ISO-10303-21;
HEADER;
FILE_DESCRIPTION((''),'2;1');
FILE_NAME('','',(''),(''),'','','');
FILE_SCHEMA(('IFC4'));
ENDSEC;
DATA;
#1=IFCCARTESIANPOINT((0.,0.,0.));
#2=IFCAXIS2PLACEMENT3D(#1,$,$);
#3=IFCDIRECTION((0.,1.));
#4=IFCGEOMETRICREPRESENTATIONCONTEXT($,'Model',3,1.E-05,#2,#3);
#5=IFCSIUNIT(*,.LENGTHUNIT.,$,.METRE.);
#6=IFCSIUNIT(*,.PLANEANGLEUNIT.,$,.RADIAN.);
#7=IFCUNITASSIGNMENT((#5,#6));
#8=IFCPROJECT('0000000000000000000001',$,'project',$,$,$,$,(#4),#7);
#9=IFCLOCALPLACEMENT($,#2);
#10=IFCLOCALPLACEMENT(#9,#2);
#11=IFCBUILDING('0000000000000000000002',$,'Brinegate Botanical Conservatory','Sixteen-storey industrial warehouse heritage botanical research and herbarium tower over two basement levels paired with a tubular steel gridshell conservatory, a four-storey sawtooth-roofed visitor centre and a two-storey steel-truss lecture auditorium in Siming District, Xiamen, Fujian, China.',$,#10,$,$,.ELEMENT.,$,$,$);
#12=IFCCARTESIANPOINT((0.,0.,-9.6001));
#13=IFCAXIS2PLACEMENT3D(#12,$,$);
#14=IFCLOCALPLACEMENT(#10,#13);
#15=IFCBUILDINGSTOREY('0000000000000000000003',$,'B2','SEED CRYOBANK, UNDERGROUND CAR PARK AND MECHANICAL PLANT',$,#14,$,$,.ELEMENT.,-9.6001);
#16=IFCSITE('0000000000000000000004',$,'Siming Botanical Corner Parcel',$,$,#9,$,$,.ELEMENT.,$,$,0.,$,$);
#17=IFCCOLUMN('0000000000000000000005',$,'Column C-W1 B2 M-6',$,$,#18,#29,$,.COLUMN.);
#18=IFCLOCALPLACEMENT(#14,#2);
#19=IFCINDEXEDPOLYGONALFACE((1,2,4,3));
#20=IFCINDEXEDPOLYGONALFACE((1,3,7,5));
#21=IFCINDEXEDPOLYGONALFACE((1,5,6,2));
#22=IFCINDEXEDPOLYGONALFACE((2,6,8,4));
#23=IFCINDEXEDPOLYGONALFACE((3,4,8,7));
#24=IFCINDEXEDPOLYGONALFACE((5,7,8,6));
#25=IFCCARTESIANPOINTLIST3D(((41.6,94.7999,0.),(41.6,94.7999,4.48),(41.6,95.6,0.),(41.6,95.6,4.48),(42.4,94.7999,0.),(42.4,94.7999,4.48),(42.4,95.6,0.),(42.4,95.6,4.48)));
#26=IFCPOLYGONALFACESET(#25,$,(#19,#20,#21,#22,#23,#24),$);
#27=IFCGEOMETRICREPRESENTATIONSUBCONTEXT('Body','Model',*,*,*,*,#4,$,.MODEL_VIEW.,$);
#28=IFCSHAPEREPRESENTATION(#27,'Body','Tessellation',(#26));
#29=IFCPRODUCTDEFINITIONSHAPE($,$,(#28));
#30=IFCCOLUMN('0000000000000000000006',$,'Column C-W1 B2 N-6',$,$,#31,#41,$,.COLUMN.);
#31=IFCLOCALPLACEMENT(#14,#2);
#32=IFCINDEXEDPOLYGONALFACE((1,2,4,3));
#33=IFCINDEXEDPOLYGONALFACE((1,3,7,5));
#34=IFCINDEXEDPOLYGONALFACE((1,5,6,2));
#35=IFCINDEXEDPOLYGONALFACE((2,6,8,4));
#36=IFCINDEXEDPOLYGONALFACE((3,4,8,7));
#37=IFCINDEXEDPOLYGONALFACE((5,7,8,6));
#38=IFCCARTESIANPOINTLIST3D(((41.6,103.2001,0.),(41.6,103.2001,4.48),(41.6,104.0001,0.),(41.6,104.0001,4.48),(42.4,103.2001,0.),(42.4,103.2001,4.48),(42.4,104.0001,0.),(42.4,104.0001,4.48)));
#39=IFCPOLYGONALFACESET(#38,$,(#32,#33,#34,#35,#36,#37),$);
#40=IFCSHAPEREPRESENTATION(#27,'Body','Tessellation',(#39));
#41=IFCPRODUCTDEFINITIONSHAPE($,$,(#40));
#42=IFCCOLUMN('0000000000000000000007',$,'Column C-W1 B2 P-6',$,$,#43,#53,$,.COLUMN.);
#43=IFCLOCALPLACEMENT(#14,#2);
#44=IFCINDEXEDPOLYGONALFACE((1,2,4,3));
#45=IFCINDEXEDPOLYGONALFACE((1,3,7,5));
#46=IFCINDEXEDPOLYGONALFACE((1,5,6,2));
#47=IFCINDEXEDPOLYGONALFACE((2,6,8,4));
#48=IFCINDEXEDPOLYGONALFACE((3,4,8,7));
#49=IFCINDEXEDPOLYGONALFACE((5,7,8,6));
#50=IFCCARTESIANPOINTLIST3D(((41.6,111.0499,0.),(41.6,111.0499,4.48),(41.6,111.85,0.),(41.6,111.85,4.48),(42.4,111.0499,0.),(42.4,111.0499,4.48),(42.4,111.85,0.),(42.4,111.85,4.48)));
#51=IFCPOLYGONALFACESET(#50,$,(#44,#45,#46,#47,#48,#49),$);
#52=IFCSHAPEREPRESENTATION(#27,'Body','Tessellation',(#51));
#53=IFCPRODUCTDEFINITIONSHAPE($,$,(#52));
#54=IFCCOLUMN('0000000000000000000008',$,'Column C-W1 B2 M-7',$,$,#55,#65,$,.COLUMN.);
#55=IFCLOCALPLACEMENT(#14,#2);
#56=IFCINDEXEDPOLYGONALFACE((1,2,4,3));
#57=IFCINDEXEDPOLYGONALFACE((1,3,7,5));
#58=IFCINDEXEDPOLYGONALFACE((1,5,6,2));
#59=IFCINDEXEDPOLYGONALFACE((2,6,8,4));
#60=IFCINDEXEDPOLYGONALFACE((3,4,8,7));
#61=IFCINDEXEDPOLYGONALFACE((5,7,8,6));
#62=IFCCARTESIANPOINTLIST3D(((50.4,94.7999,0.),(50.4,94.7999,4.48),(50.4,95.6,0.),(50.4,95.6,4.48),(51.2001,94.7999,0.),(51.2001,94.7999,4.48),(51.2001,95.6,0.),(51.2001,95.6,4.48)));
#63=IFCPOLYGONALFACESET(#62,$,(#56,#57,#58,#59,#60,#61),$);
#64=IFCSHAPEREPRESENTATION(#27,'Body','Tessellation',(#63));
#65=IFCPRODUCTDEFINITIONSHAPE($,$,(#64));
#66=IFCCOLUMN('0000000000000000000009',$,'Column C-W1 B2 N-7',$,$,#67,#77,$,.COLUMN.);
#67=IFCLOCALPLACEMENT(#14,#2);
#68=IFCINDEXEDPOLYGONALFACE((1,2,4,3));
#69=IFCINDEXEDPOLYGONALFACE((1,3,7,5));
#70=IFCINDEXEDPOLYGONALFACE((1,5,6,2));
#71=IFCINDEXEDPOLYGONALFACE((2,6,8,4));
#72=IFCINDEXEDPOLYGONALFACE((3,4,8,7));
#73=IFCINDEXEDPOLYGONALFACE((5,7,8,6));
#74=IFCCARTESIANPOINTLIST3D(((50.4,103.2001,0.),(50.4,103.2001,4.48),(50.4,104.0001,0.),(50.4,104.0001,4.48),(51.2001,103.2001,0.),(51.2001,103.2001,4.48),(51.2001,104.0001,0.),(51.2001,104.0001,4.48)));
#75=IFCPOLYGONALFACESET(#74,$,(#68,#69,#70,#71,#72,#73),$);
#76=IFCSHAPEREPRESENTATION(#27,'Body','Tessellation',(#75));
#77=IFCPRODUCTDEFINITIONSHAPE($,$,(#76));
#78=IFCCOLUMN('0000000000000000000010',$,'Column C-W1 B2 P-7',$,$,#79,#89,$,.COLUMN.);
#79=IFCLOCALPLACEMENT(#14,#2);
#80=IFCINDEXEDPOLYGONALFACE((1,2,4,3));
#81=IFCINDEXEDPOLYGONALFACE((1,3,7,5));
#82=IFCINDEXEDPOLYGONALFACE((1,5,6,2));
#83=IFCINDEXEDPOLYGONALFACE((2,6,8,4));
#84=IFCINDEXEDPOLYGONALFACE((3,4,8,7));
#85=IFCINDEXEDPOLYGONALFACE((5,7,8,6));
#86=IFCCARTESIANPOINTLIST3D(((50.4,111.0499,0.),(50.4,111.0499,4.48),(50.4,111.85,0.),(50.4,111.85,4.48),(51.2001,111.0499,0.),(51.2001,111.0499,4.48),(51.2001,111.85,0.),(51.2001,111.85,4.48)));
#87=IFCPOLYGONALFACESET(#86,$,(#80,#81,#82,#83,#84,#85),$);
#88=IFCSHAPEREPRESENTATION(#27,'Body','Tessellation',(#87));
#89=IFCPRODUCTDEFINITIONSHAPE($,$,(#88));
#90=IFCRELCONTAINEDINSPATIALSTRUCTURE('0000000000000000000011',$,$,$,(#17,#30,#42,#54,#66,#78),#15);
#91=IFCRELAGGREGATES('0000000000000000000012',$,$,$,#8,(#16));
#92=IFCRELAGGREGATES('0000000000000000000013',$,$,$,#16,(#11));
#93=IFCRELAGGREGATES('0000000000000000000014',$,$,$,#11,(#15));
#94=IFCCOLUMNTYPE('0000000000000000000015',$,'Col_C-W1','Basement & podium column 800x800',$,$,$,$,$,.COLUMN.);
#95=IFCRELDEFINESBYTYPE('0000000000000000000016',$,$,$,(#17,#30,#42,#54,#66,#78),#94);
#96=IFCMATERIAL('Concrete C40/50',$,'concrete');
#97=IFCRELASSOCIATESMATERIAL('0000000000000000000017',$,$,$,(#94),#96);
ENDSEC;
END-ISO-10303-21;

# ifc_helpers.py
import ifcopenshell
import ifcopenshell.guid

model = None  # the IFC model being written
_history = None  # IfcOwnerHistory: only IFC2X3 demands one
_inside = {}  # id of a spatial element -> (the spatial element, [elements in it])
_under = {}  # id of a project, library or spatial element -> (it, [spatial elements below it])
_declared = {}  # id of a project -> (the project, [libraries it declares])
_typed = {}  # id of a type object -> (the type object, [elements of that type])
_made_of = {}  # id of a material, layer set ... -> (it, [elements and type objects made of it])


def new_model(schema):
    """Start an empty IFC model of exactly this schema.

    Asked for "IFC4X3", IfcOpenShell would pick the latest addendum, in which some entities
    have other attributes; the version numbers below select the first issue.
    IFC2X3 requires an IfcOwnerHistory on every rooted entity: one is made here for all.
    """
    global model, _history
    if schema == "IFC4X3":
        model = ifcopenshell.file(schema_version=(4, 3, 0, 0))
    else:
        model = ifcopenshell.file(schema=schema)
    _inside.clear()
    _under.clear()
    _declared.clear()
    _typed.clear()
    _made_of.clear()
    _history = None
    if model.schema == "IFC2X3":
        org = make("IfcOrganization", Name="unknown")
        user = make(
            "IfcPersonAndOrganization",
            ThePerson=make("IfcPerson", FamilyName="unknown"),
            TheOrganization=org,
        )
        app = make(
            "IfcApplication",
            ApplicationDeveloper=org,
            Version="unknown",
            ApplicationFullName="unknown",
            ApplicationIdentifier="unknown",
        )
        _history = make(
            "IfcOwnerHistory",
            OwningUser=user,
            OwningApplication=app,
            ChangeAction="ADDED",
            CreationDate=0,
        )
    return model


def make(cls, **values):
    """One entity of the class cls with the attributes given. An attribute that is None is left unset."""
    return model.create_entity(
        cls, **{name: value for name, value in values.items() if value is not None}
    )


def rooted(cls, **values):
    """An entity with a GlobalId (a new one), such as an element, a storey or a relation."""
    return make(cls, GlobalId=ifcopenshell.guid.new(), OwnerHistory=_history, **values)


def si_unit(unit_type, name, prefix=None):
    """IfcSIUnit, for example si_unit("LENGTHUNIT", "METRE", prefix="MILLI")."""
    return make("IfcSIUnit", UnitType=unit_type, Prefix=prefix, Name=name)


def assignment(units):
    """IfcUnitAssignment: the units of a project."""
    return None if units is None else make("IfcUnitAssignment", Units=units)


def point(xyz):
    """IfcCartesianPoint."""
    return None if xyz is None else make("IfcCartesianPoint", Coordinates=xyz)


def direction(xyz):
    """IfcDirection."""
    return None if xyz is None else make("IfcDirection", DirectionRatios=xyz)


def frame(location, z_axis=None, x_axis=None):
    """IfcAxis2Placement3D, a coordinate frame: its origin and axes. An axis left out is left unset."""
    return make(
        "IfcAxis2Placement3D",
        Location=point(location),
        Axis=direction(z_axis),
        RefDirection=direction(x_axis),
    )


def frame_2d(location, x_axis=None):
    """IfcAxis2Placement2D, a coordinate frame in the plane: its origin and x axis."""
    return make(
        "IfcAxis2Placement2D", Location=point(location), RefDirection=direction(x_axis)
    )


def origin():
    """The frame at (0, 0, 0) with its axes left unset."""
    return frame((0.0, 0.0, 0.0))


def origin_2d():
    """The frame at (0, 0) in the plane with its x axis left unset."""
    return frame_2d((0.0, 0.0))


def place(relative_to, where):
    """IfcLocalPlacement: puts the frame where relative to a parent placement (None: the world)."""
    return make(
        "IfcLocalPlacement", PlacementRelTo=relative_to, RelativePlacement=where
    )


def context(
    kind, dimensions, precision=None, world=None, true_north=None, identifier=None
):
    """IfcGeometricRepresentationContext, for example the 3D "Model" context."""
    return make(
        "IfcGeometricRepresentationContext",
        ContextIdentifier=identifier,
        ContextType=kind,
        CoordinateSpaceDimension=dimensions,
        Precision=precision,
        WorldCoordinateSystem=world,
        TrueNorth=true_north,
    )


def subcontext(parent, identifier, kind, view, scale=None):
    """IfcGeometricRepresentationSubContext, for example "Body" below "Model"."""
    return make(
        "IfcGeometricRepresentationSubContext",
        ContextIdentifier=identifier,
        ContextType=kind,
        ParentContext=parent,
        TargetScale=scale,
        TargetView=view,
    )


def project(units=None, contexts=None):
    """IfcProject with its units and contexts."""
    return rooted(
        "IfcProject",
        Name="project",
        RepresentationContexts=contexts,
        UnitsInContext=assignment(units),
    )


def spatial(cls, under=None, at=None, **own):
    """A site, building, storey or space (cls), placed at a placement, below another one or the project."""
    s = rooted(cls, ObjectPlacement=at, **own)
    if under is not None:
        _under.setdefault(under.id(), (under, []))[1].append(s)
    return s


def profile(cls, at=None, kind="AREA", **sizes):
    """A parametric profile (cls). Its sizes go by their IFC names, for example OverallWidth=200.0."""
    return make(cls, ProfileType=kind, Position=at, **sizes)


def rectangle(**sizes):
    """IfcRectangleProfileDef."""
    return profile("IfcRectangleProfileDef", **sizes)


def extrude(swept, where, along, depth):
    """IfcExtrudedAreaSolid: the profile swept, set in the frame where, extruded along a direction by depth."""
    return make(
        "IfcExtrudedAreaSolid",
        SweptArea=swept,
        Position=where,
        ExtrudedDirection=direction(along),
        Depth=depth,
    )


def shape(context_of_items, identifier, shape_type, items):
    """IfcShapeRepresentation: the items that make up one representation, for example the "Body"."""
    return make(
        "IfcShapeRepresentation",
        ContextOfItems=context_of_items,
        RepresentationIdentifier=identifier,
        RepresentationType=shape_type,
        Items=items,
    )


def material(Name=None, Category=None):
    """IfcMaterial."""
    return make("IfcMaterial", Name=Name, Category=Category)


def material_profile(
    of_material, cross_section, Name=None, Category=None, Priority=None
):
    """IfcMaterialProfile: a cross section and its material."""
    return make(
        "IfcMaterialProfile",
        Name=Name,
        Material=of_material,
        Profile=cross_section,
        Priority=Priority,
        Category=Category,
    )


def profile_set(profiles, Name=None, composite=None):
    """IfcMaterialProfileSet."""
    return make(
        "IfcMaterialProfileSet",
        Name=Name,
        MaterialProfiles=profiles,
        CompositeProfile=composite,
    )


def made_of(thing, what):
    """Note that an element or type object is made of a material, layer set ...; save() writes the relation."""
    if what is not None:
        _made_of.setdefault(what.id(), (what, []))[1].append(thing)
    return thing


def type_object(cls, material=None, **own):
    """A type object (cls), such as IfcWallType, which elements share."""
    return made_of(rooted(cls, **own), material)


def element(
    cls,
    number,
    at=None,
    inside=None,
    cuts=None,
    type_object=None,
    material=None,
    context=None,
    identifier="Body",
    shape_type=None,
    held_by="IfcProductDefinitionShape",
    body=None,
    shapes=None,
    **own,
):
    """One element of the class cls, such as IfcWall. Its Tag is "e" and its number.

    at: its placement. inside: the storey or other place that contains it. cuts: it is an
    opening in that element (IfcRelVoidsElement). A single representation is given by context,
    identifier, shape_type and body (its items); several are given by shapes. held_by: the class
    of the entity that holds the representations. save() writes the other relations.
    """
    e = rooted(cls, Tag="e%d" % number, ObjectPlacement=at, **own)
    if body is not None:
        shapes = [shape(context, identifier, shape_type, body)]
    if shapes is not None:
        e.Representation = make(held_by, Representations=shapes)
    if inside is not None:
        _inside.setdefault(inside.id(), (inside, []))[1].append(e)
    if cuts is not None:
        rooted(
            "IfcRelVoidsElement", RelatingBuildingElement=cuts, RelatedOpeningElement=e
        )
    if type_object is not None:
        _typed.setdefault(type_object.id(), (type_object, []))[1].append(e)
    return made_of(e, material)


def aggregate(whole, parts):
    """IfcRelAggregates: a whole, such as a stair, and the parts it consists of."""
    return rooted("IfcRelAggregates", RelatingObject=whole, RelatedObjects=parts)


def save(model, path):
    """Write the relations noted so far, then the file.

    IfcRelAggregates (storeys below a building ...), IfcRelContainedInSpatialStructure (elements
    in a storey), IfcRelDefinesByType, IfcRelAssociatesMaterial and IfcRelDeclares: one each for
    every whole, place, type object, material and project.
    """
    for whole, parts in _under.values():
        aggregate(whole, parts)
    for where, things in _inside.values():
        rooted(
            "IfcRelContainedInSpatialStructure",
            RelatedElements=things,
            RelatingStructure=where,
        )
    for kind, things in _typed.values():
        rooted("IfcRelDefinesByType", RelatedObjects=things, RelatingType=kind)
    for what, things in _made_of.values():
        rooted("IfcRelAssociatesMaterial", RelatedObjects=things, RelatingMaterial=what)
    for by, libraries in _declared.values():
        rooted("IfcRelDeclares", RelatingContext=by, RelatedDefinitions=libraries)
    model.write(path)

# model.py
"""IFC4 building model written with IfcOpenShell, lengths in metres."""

from ifc_helpers import new_model, si_unit, direction, frame, origin, origin_2d, place, context, subcontext, project, spatial, rectangle, extrude, material, material_profile, profile_set, type_object, element, save


model = new_model("IFC4")

# Units and contexts
model_context = context("Model", 3, precision=1e-05, world=origin(), true_north=direction((0.0, 1.0)))
body_context = subcontext(model_context, "Body", "Model", "MODEL_VIEW")
ifc_project = project(units=[si_unit("LENGTHUNIT", "METRE"), si_unit("PLANEANGLEUNIT", "RADIAN")], contexts=[model_context])

# Site, building, storey
site_placement = place(None, origin())
site = spatial("IfcSite", under=ifc_project, at=site_placement, Name="Siming Botanical Corner Parcel", CompositionType="ELEMENT", RefElevation=0.0)
building_placement = place(site_placement, origin())
building = spatial("IfcBuilding", under=site, at=building_placement, Name="Brinegate Botanical Conservatory", Description="Sixteen-storey industrial warehouse heritage botanical research and herbarium tower over two basement levels paired with a tubular steel gridshell conservatory, a four-storey sawtooth-roofed visitor centre and a two-storey steel-truss lecture auditorium in Siming District, Xiamen, Fujian, China.", CompositionType="ELEMENT")
storey_placement = place(building_placement, frame((0.0, 0.0, -9.6001)))
storey = spatial("IfcBuildingStorey", under=building, at=storey_placement, Name="B2", Description="SEED CRYOBANK, UNDERGROUND CAR PARK AND MECHANICAL PLANT", CompositionType="ELEMENT", Elevation=-9.6001)

# Shared definitions
ifc_material = material(Name="Concrete C40/50", Category="concrete")

# Columns
ifc_material_profile_1 = material_profile(ifc_material, rectangle(XDim=0.8, YDim=0.8, at=origin_2d()), Name="RC COL 800x800")
ifc_profile_set_1 = profile_set([ifc_material_profile_1], Name="Concrete C40/50")
column_type = type_object("IfcColumnType", Name="Col_C-W1", Description="Basement & podium column 800x800", PredefinedType="COLUMN", material=ifc_profile_set_1)
for number, where, z_axis, x_axis, name in (
    (1, (42.0, 95.2, 0.0), (0.0, 0.0, 1.0), (1.0, 0.0, 0.0), "Column C-W1 B2 M-6"),
    (2, (42.0, 103.6001, 0.0), (0.0, 0.0, 1.0), (1.0, 0.0, 0.0), "Column C-W1 B2 N-6"),
    (3, (42.0, 111.45, 0.0), (0.0, 0.0, 1.0), (1.0, 0.0, 0.0), "Column C-W1 B2 P-6"),
    (4, (50.8, 95.2, 0.0), (0.0, 0.0, 1.0), (1.0, 0.0, 0.0), "Column C-W1 B2 M-7"),
    (5, (50.8, 103.6001, 0.0), (0.0, 0.0, 1.0), (1.0, 0.0, 0.0), "Column C-W1 B2 N-7"),
    (6, (50.8, 111.45, 0.0), (0.0, 0.0, 1.0), (1.0, 0.0, 0.0), "Column C-W1 B2 P-7"),
):
    element("IfcColumn", number, at=place(storey_placement, frame(where, z_axis=z_axis, x_axis=x_axis)), inside=storey, type_object=column_type, Name=name, PredefinedType="COLUMN", context=body_context, shape_type="SweptSolid", body=[
        extrude(rectangle(XDim=0.8, YDim=0.8, at=origin_2d()), origin(), (0.0, 0.0, 1.0), 4.48),
    ])

save(model, "model.ifc")
